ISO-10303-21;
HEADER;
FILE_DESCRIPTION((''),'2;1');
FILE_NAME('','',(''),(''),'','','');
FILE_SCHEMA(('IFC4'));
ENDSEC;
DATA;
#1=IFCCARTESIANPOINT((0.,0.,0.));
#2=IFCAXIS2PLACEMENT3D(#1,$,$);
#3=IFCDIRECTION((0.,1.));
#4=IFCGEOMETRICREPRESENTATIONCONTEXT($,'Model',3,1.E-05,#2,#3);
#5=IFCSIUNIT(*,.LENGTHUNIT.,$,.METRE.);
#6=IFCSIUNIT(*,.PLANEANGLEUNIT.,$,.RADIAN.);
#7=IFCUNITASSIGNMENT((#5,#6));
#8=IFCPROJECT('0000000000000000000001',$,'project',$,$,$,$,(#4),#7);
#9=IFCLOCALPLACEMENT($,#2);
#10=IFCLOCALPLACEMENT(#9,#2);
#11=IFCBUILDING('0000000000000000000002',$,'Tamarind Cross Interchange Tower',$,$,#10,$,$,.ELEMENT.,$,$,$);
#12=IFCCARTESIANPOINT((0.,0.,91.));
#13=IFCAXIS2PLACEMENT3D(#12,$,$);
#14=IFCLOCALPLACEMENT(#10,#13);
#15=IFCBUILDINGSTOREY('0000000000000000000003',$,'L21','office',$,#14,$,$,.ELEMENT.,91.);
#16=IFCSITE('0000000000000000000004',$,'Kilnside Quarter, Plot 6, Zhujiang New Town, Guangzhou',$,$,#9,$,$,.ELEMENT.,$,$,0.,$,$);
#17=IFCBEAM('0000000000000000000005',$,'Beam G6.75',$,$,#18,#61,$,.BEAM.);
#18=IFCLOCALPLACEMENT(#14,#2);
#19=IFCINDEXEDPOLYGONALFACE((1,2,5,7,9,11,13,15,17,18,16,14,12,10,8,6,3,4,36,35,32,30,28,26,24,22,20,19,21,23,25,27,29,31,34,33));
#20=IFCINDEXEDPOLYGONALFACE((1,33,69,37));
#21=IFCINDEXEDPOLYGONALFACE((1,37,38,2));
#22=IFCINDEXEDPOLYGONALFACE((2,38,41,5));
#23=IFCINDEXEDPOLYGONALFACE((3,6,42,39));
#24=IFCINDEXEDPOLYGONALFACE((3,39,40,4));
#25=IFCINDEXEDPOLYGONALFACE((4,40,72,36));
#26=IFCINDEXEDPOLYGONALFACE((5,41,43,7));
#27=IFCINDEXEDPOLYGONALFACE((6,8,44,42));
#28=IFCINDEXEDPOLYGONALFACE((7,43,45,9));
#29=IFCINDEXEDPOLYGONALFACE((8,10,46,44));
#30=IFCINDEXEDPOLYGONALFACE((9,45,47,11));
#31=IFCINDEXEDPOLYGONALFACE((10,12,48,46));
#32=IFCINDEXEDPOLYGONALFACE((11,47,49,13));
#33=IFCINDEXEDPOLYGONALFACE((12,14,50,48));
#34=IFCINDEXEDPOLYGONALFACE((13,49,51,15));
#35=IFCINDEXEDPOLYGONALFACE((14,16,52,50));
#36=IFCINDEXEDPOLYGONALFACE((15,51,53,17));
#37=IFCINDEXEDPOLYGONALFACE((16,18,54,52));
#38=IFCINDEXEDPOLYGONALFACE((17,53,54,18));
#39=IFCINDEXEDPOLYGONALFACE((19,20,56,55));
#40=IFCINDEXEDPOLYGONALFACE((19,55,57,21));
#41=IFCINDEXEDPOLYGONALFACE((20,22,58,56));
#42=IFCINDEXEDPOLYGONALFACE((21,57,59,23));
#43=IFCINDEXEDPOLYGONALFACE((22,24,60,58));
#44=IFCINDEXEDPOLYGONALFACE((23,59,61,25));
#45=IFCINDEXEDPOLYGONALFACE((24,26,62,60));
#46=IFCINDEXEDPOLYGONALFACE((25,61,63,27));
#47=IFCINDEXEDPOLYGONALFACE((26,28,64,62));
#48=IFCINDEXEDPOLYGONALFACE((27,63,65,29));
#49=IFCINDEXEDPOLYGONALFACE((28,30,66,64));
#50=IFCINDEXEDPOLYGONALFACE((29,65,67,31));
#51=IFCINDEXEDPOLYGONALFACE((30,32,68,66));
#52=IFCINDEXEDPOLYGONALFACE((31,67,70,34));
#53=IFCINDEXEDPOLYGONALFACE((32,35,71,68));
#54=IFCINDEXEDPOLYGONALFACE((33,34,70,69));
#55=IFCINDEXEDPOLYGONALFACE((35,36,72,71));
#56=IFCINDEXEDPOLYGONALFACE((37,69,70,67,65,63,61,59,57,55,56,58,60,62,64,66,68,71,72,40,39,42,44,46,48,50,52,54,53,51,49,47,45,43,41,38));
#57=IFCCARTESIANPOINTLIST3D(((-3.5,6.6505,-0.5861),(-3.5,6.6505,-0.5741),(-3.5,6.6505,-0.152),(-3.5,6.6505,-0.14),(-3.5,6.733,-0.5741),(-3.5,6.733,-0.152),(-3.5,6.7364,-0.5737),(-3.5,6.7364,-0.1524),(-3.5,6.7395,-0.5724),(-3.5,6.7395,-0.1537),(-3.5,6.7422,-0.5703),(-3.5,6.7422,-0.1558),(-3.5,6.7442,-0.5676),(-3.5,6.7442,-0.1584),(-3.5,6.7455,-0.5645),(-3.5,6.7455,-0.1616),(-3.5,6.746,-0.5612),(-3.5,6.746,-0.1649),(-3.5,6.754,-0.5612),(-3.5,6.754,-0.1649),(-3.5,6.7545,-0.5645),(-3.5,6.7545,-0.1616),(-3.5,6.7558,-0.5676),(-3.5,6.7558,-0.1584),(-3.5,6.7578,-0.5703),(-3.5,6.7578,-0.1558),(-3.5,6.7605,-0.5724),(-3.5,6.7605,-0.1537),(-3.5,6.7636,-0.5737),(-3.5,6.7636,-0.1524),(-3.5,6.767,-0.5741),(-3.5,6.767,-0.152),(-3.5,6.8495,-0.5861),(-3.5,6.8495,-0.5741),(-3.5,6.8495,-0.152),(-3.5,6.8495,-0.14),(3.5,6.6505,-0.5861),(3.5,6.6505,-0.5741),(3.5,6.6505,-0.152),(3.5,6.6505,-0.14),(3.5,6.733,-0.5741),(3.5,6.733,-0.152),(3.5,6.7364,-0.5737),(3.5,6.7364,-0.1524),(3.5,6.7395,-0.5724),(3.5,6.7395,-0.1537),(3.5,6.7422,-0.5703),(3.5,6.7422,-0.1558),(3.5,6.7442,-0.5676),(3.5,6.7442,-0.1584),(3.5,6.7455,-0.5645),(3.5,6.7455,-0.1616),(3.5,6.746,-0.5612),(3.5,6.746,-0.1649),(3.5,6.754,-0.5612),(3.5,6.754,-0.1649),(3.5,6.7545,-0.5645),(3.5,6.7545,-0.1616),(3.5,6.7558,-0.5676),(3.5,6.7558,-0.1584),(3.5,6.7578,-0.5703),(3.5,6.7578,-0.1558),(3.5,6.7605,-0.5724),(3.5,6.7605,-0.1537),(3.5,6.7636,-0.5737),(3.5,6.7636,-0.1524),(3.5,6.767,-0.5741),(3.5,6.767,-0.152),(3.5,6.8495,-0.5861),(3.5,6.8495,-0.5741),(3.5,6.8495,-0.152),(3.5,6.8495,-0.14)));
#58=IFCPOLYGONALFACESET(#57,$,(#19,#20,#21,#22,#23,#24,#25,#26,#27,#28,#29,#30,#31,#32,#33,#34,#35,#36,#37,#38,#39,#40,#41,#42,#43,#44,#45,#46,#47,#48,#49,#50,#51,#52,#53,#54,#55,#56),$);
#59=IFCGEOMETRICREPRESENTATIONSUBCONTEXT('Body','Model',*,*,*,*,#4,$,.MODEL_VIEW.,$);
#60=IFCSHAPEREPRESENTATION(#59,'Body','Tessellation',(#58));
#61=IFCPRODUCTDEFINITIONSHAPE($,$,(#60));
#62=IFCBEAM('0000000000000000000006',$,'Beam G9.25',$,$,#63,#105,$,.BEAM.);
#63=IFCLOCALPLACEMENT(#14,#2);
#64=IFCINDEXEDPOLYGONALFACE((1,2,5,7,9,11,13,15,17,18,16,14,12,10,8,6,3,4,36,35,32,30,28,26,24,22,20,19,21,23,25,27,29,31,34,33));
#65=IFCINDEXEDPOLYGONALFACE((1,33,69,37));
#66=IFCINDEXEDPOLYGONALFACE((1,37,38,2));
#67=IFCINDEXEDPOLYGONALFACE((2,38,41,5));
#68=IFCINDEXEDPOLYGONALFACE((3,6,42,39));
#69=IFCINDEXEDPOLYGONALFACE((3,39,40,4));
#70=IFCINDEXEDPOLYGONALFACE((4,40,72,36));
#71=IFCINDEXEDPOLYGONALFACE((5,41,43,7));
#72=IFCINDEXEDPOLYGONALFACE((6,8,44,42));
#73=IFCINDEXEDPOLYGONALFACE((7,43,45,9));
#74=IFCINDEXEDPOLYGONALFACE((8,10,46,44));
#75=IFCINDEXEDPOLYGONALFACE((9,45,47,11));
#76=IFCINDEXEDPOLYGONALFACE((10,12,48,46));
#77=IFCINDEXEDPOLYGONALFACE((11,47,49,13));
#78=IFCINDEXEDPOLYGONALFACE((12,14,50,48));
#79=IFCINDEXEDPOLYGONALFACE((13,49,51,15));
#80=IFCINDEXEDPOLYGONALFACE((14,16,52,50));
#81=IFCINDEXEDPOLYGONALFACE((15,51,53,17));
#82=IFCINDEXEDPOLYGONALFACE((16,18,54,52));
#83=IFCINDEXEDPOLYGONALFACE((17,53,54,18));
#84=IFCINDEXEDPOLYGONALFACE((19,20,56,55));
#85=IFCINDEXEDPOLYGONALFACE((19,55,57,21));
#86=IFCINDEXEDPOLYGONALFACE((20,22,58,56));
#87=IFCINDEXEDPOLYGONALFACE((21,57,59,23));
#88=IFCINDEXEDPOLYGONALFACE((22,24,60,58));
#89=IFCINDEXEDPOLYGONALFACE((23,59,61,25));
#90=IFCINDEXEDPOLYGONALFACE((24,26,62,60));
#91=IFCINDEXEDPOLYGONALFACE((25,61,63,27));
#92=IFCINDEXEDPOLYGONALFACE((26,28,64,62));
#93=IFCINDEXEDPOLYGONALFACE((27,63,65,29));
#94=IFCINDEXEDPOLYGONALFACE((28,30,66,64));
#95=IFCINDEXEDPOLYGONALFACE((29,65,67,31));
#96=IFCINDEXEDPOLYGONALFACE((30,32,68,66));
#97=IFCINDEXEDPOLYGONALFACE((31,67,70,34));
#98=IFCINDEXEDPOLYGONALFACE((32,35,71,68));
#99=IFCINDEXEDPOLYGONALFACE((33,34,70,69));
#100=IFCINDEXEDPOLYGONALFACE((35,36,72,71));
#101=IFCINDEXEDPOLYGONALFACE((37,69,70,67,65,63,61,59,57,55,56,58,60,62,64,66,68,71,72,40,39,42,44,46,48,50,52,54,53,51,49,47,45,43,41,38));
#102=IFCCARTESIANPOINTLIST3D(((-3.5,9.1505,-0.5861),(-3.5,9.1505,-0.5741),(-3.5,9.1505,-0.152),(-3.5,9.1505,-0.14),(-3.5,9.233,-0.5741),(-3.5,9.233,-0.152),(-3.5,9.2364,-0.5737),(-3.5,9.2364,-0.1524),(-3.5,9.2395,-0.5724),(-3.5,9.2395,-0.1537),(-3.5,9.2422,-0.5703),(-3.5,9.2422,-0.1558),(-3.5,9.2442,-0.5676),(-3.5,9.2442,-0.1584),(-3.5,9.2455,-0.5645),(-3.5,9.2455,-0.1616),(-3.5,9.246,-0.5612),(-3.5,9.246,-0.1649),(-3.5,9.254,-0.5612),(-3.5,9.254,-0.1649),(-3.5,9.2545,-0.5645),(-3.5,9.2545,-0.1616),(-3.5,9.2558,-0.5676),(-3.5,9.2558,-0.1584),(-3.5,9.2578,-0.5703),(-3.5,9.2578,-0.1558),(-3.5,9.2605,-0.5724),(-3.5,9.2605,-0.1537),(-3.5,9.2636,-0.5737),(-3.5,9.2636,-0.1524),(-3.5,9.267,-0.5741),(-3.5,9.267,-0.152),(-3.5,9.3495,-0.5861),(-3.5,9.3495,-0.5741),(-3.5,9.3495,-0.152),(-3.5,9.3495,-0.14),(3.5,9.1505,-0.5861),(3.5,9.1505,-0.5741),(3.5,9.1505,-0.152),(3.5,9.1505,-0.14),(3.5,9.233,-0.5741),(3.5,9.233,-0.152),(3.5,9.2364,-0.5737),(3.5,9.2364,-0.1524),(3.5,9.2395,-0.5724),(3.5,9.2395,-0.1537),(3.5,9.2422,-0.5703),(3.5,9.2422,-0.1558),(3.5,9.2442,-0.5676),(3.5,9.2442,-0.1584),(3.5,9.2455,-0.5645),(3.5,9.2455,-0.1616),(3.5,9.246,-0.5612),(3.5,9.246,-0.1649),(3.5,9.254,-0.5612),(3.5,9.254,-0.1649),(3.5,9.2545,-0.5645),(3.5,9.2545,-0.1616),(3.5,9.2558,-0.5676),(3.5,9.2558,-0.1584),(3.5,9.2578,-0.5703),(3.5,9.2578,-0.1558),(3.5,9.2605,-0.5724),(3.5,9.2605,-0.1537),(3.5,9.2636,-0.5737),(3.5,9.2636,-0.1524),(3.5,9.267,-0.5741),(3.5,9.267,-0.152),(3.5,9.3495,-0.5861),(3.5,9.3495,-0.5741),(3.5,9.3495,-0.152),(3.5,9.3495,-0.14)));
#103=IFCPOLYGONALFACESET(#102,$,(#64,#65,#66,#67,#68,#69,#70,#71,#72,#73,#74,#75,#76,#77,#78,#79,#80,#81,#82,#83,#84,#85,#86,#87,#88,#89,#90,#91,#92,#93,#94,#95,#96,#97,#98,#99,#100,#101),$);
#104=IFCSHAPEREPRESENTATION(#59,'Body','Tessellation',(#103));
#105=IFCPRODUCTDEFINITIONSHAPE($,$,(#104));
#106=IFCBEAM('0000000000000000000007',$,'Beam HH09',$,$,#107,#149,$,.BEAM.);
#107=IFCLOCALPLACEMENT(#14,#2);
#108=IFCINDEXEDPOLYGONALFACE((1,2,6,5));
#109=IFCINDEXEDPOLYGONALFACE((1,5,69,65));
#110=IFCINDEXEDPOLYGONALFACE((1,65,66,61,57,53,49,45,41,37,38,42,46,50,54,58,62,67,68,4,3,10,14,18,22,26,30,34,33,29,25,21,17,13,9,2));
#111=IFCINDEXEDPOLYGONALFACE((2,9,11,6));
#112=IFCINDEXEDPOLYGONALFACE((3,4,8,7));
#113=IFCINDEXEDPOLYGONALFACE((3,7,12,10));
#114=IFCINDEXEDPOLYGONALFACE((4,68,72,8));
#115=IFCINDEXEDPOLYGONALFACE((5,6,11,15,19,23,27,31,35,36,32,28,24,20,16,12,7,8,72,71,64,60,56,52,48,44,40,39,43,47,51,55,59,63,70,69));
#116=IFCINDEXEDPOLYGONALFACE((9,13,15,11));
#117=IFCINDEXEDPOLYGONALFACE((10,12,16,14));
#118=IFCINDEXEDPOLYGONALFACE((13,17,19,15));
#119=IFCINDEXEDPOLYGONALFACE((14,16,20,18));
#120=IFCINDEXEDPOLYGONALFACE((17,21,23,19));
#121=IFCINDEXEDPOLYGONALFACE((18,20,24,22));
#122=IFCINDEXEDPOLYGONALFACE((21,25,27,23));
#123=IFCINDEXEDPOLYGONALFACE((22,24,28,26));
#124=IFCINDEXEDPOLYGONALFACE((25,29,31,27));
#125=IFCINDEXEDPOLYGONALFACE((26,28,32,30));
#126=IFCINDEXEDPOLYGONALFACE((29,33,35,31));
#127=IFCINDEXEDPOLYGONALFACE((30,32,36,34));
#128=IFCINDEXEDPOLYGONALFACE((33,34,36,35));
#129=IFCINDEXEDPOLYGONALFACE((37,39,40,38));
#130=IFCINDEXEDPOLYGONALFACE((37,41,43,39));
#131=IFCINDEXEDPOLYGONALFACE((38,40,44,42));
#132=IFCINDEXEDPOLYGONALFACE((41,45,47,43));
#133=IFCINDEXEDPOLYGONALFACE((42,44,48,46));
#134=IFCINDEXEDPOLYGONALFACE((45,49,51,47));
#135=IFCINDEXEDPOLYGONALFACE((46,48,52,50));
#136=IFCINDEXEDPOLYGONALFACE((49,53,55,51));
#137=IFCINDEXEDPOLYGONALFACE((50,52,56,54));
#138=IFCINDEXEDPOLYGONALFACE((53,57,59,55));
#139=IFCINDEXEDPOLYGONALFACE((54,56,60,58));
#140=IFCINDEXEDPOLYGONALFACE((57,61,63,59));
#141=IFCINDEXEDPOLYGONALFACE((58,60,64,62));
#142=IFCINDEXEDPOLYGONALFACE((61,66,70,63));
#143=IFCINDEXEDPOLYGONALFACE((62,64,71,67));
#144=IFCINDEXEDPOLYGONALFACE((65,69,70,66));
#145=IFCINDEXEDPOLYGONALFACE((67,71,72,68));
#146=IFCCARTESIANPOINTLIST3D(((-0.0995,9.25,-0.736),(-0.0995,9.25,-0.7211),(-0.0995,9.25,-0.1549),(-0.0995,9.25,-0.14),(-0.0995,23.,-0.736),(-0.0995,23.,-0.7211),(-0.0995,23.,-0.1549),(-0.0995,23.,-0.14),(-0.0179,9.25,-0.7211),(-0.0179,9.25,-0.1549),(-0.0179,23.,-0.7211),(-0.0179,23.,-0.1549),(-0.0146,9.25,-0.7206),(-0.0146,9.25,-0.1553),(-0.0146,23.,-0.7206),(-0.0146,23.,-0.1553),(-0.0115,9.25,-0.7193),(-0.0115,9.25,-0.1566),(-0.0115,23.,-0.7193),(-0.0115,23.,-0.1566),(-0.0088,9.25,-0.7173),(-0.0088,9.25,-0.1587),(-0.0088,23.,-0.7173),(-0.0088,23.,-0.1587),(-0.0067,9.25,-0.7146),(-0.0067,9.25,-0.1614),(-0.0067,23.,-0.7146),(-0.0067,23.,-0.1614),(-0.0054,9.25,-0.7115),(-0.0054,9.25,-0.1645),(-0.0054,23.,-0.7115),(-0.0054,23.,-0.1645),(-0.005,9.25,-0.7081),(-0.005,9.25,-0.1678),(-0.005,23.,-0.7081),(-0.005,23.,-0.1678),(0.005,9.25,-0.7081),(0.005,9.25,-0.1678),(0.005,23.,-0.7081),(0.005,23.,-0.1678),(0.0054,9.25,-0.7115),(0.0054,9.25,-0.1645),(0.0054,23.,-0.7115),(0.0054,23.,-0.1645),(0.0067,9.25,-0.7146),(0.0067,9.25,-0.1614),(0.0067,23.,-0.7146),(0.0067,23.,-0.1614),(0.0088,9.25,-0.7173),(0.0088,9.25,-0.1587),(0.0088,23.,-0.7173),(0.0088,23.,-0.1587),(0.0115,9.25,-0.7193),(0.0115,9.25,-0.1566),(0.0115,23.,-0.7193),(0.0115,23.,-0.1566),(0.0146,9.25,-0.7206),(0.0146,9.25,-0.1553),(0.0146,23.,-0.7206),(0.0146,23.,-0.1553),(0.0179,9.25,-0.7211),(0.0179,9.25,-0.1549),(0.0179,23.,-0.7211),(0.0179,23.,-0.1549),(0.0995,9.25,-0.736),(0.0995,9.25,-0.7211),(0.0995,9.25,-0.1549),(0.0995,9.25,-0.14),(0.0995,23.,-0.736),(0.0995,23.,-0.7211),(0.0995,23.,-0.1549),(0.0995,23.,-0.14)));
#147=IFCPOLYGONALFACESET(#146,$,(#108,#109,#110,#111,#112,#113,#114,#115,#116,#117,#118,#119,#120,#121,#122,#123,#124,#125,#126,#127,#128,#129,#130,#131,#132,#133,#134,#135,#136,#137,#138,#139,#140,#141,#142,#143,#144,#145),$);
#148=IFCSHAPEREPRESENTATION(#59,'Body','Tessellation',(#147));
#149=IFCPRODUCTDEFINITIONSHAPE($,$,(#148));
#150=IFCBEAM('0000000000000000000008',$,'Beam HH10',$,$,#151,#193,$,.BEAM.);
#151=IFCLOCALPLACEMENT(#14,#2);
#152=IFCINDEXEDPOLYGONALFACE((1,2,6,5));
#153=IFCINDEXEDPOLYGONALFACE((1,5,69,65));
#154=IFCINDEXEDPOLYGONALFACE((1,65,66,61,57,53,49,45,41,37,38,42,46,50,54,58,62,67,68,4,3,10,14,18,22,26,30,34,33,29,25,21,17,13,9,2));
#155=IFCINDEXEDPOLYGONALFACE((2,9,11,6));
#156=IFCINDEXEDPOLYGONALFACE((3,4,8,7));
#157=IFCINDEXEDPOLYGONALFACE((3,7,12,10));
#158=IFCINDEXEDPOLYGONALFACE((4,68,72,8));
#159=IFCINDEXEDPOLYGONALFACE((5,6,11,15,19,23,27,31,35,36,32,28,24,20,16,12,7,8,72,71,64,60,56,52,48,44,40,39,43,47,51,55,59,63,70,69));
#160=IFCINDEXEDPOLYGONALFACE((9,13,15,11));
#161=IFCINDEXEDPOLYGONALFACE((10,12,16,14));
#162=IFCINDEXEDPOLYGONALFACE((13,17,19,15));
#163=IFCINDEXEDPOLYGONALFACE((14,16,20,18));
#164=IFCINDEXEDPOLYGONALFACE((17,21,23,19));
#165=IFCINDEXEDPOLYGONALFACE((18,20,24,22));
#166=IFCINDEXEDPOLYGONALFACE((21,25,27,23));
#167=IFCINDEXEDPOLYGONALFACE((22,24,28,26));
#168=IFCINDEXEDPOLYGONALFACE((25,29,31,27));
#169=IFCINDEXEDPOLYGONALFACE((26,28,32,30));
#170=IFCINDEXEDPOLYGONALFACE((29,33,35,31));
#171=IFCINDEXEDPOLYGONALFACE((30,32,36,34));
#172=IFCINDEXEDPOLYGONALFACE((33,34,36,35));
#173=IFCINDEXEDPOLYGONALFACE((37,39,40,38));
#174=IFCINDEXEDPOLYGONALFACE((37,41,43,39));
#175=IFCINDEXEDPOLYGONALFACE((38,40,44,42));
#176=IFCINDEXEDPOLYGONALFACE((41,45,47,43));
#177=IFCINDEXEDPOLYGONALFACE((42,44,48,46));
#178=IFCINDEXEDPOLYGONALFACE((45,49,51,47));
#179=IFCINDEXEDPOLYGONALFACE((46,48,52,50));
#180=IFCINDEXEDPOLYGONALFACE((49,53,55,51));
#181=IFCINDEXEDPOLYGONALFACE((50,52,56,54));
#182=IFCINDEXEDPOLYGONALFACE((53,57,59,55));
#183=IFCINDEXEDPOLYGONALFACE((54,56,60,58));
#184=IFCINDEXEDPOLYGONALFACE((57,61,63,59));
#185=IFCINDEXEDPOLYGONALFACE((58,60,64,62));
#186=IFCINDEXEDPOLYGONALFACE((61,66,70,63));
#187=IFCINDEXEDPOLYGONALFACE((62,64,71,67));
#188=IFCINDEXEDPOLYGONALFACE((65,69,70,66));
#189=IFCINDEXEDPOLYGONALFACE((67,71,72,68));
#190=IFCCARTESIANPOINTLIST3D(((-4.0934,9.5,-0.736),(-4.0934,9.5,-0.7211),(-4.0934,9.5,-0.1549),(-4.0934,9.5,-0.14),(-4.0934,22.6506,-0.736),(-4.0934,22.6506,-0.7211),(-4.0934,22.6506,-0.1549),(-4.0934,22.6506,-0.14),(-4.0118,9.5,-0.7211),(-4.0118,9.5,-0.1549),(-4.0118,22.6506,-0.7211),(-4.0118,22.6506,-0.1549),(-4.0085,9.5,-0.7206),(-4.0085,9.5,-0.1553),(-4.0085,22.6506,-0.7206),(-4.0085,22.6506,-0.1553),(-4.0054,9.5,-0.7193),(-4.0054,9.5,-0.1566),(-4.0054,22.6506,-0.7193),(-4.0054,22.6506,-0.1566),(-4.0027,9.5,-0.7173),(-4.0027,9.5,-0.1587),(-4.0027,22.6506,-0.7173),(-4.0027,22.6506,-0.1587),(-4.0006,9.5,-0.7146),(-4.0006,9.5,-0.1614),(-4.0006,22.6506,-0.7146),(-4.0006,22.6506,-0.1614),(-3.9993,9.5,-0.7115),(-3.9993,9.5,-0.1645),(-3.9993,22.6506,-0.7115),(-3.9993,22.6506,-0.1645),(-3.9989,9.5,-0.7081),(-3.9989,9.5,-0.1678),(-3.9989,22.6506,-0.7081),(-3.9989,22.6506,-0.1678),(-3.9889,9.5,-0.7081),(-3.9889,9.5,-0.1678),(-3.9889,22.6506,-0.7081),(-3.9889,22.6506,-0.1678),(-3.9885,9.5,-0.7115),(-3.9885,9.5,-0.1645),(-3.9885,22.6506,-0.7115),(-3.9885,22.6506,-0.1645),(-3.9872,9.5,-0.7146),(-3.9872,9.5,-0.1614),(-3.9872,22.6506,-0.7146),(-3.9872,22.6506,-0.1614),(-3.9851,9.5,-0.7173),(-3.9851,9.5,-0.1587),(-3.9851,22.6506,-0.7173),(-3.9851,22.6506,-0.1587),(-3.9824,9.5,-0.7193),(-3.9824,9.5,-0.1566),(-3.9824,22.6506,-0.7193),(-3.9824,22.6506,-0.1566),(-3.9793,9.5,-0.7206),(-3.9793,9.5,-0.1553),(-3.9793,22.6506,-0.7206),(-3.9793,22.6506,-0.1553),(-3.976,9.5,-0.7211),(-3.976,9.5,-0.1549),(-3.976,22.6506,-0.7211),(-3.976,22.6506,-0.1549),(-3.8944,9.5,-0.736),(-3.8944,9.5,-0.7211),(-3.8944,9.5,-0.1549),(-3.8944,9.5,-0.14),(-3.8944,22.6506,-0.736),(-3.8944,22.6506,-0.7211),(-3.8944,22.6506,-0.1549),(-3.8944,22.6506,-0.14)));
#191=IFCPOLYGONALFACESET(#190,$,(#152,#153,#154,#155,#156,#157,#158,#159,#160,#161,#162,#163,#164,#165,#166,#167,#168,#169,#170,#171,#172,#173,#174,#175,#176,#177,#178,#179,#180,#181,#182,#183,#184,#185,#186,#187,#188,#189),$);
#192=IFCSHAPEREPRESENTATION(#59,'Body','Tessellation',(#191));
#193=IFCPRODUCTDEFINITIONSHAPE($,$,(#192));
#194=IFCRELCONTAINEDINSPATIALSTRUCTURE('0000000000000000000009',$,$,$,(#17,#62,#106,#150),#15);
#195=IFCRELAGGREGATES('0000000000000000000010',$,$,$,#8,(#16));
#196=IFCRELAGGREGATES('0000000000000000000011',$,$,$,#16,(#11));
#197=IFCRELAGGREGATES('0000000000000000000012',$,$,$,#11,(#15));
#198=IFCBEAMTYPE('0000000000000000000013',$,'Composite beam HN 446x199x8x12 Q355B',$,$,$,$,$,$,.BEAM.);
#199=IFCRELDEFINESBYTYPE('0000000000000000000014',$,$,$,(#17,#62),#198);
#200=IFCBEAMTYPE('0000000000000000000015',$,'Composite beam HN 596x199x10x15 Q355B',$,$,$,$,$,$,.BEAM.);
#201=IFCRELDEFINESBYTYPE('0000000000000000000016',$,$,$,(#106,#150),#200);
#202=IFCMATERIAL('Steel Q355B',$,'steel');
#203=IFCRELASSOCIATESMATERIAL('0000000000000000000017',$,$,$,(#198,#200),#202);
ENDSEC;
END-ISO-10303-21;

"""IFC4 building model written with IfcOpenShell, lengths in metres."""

from ifc_helpers import new_model, si_unit, direction, frame, origin, origin_2d, place, context, subcontext, project, spatial, i_section, extrude, material, material_profile, profile_set, type_object, element, save


model = new_model("IFC4")

# Units and contexts
model_context = context("Model", 3, precision=1e-05, world=origin(), true_north=direction((0.0, 1.0)))
body_context = subcontext(model_context, "Body", "Model", "MODEL_VIEW")
ifc_project = project(units=[si_unit("LENGTHUNIT", "METRE"), si_unit("PLANEANGLEUNIT", "RADIAN")], contexts=[model_context])

# Site, building, storey
site_placement = place(None, origin())
site = spatial("IfcSite", under=ifc_project, at=site_placement, Name="Kilnside Quarter, Plot 6, Zhujiang New Town, Guangzhou", CompositionType="ELEMENT", RefElevation=0.0)
building_placement = place(site_placement, origin())
building = spatial("IfcBuilding", under=site, at=building_placement, Name="Tamarind Cross Interchange Tower", CompositionType="ELEMENT")
storey_placement = place(building_placement, frame((0.0, 0.0, 91.0)))
storey = spatial("IfcBuildingStorey", under=building, at=storey_placement, Name="L21", Description="office", CompositionType="ELEMENT", Elevation=91.0)

# Beams
ifc_material_1 = material(Name="Steel Q355B", Category="steel")
ifc_material_profile_1 = material_profile(ifc_material_1, i_section(OverallWidth=0.199, OverallDepth=0.446, WebThickness=0.0081, FlangeThickness=0.012, FilletRadius=0.0129, at=origin_2d()), Name="HN 446x199x8x12")
ifc_profile_set_1 = profile_set([ifc_material_profile_1], Name="Steel Q355B")
beam_type_1 = type_object("IfcBeamType", Name="Composite beam HN 446x199x8x12 Q355B", PredefinedType="BEAM", material=ifc_profile_set_1)
for number, where, z_axis, x_axis, name in (
    (1, (-3.5, 6.75, -0.363), (1.0, 0.0, 0.0), (0.0, 1.0, 0.0), "Beam G6.75"),
    (2, (-3.5, 9.25, -0.363), (1.0, 0.0, 0.0), (0.0, 1.0, 0.0), "Beam G9.25"),
):
    element("IfcBeam", number, at=place(storey_placement, frame(where, z_axis=z_axis, x_axis=x_axis)), inside=storey, type_object=beam_type_1, Name=name, PredefinedType="BEAM", context=body_context, shape_type="SweptSolid", body=[
        extrude(i_section(OverallWidth=0.199, OverallDepth=0.446, WebThickness=0.0081, FlangeThickness=0.012, FilletRadius=0.0129, at=origin_2d()), origin(), (0.0, 0.0, 1.0), 7.0),
    ])
ifc_material_profile_2 = material_profile(ifc_material_1, i_section(OverallWidth=0.199, OverallDepth=0.5959, WebThickness=0.01, FlangeThickness=0.0149, FilletRadius=0.0129, at=origin_2d()), Name="HN 596x199x10x15")
ifc_profile_set_2 = profile_set([ifc_material_profile_2], Name="Steel Q355B")
beam_type_2 = type_object("IfcBeamType", Name="Composite beam HN 596x199x10x15 Q355B", PredefinedType="BEAM", material=ifc_profile_set_2)
beam_1_placement = place(storey_placement, frame((0.0, 23.0, -0.438), z_axis=(0.0, -1.0, 0.0), x_axis=(1.0, 0.0, 0.0)))
element("IfcBeam", 3, at=beam_1_placement, inside=storey, type_object=beam_type_2, Name="Beam HH09", PredefinedType="BEAM", context=body_context, shape_type="SweptSolid", body=[
    extrude(i_section(OverallWidth=0.199, OverallDepth=0.5959, WebThickness=0.01, FlangeThickness=0.0149, FilletRadius=0.0129, at=origin_2d()), origin(), (0.0, 0.0, 1.0), 13.75),
])
beam_2_placement = place(storey_placement, frame((-3.9939, 22.6506, -0.438), z_axis=(0.0, -1.0, 0.0), x_axis=(1.0, 0.0, 0.0)))
element("IfcBeam", 4, at=beam_2_placement, inside=storey, type_object=beam_type_2, Name="Beam HH10", PredefinedType="BEAM", context=body_context, shape_type="SweptSolid", body=[
    extrude(i_section(OverallWidth=0.199, OverallDepth=0.5959, WebThickness=0.01, FlangeThickness=0.0149, FilletRadius=0.0129, at=origin_2d()), origin(), (0.0, 0.0, 1.0), 13.1506),
])

save(model, "model.ifc")
